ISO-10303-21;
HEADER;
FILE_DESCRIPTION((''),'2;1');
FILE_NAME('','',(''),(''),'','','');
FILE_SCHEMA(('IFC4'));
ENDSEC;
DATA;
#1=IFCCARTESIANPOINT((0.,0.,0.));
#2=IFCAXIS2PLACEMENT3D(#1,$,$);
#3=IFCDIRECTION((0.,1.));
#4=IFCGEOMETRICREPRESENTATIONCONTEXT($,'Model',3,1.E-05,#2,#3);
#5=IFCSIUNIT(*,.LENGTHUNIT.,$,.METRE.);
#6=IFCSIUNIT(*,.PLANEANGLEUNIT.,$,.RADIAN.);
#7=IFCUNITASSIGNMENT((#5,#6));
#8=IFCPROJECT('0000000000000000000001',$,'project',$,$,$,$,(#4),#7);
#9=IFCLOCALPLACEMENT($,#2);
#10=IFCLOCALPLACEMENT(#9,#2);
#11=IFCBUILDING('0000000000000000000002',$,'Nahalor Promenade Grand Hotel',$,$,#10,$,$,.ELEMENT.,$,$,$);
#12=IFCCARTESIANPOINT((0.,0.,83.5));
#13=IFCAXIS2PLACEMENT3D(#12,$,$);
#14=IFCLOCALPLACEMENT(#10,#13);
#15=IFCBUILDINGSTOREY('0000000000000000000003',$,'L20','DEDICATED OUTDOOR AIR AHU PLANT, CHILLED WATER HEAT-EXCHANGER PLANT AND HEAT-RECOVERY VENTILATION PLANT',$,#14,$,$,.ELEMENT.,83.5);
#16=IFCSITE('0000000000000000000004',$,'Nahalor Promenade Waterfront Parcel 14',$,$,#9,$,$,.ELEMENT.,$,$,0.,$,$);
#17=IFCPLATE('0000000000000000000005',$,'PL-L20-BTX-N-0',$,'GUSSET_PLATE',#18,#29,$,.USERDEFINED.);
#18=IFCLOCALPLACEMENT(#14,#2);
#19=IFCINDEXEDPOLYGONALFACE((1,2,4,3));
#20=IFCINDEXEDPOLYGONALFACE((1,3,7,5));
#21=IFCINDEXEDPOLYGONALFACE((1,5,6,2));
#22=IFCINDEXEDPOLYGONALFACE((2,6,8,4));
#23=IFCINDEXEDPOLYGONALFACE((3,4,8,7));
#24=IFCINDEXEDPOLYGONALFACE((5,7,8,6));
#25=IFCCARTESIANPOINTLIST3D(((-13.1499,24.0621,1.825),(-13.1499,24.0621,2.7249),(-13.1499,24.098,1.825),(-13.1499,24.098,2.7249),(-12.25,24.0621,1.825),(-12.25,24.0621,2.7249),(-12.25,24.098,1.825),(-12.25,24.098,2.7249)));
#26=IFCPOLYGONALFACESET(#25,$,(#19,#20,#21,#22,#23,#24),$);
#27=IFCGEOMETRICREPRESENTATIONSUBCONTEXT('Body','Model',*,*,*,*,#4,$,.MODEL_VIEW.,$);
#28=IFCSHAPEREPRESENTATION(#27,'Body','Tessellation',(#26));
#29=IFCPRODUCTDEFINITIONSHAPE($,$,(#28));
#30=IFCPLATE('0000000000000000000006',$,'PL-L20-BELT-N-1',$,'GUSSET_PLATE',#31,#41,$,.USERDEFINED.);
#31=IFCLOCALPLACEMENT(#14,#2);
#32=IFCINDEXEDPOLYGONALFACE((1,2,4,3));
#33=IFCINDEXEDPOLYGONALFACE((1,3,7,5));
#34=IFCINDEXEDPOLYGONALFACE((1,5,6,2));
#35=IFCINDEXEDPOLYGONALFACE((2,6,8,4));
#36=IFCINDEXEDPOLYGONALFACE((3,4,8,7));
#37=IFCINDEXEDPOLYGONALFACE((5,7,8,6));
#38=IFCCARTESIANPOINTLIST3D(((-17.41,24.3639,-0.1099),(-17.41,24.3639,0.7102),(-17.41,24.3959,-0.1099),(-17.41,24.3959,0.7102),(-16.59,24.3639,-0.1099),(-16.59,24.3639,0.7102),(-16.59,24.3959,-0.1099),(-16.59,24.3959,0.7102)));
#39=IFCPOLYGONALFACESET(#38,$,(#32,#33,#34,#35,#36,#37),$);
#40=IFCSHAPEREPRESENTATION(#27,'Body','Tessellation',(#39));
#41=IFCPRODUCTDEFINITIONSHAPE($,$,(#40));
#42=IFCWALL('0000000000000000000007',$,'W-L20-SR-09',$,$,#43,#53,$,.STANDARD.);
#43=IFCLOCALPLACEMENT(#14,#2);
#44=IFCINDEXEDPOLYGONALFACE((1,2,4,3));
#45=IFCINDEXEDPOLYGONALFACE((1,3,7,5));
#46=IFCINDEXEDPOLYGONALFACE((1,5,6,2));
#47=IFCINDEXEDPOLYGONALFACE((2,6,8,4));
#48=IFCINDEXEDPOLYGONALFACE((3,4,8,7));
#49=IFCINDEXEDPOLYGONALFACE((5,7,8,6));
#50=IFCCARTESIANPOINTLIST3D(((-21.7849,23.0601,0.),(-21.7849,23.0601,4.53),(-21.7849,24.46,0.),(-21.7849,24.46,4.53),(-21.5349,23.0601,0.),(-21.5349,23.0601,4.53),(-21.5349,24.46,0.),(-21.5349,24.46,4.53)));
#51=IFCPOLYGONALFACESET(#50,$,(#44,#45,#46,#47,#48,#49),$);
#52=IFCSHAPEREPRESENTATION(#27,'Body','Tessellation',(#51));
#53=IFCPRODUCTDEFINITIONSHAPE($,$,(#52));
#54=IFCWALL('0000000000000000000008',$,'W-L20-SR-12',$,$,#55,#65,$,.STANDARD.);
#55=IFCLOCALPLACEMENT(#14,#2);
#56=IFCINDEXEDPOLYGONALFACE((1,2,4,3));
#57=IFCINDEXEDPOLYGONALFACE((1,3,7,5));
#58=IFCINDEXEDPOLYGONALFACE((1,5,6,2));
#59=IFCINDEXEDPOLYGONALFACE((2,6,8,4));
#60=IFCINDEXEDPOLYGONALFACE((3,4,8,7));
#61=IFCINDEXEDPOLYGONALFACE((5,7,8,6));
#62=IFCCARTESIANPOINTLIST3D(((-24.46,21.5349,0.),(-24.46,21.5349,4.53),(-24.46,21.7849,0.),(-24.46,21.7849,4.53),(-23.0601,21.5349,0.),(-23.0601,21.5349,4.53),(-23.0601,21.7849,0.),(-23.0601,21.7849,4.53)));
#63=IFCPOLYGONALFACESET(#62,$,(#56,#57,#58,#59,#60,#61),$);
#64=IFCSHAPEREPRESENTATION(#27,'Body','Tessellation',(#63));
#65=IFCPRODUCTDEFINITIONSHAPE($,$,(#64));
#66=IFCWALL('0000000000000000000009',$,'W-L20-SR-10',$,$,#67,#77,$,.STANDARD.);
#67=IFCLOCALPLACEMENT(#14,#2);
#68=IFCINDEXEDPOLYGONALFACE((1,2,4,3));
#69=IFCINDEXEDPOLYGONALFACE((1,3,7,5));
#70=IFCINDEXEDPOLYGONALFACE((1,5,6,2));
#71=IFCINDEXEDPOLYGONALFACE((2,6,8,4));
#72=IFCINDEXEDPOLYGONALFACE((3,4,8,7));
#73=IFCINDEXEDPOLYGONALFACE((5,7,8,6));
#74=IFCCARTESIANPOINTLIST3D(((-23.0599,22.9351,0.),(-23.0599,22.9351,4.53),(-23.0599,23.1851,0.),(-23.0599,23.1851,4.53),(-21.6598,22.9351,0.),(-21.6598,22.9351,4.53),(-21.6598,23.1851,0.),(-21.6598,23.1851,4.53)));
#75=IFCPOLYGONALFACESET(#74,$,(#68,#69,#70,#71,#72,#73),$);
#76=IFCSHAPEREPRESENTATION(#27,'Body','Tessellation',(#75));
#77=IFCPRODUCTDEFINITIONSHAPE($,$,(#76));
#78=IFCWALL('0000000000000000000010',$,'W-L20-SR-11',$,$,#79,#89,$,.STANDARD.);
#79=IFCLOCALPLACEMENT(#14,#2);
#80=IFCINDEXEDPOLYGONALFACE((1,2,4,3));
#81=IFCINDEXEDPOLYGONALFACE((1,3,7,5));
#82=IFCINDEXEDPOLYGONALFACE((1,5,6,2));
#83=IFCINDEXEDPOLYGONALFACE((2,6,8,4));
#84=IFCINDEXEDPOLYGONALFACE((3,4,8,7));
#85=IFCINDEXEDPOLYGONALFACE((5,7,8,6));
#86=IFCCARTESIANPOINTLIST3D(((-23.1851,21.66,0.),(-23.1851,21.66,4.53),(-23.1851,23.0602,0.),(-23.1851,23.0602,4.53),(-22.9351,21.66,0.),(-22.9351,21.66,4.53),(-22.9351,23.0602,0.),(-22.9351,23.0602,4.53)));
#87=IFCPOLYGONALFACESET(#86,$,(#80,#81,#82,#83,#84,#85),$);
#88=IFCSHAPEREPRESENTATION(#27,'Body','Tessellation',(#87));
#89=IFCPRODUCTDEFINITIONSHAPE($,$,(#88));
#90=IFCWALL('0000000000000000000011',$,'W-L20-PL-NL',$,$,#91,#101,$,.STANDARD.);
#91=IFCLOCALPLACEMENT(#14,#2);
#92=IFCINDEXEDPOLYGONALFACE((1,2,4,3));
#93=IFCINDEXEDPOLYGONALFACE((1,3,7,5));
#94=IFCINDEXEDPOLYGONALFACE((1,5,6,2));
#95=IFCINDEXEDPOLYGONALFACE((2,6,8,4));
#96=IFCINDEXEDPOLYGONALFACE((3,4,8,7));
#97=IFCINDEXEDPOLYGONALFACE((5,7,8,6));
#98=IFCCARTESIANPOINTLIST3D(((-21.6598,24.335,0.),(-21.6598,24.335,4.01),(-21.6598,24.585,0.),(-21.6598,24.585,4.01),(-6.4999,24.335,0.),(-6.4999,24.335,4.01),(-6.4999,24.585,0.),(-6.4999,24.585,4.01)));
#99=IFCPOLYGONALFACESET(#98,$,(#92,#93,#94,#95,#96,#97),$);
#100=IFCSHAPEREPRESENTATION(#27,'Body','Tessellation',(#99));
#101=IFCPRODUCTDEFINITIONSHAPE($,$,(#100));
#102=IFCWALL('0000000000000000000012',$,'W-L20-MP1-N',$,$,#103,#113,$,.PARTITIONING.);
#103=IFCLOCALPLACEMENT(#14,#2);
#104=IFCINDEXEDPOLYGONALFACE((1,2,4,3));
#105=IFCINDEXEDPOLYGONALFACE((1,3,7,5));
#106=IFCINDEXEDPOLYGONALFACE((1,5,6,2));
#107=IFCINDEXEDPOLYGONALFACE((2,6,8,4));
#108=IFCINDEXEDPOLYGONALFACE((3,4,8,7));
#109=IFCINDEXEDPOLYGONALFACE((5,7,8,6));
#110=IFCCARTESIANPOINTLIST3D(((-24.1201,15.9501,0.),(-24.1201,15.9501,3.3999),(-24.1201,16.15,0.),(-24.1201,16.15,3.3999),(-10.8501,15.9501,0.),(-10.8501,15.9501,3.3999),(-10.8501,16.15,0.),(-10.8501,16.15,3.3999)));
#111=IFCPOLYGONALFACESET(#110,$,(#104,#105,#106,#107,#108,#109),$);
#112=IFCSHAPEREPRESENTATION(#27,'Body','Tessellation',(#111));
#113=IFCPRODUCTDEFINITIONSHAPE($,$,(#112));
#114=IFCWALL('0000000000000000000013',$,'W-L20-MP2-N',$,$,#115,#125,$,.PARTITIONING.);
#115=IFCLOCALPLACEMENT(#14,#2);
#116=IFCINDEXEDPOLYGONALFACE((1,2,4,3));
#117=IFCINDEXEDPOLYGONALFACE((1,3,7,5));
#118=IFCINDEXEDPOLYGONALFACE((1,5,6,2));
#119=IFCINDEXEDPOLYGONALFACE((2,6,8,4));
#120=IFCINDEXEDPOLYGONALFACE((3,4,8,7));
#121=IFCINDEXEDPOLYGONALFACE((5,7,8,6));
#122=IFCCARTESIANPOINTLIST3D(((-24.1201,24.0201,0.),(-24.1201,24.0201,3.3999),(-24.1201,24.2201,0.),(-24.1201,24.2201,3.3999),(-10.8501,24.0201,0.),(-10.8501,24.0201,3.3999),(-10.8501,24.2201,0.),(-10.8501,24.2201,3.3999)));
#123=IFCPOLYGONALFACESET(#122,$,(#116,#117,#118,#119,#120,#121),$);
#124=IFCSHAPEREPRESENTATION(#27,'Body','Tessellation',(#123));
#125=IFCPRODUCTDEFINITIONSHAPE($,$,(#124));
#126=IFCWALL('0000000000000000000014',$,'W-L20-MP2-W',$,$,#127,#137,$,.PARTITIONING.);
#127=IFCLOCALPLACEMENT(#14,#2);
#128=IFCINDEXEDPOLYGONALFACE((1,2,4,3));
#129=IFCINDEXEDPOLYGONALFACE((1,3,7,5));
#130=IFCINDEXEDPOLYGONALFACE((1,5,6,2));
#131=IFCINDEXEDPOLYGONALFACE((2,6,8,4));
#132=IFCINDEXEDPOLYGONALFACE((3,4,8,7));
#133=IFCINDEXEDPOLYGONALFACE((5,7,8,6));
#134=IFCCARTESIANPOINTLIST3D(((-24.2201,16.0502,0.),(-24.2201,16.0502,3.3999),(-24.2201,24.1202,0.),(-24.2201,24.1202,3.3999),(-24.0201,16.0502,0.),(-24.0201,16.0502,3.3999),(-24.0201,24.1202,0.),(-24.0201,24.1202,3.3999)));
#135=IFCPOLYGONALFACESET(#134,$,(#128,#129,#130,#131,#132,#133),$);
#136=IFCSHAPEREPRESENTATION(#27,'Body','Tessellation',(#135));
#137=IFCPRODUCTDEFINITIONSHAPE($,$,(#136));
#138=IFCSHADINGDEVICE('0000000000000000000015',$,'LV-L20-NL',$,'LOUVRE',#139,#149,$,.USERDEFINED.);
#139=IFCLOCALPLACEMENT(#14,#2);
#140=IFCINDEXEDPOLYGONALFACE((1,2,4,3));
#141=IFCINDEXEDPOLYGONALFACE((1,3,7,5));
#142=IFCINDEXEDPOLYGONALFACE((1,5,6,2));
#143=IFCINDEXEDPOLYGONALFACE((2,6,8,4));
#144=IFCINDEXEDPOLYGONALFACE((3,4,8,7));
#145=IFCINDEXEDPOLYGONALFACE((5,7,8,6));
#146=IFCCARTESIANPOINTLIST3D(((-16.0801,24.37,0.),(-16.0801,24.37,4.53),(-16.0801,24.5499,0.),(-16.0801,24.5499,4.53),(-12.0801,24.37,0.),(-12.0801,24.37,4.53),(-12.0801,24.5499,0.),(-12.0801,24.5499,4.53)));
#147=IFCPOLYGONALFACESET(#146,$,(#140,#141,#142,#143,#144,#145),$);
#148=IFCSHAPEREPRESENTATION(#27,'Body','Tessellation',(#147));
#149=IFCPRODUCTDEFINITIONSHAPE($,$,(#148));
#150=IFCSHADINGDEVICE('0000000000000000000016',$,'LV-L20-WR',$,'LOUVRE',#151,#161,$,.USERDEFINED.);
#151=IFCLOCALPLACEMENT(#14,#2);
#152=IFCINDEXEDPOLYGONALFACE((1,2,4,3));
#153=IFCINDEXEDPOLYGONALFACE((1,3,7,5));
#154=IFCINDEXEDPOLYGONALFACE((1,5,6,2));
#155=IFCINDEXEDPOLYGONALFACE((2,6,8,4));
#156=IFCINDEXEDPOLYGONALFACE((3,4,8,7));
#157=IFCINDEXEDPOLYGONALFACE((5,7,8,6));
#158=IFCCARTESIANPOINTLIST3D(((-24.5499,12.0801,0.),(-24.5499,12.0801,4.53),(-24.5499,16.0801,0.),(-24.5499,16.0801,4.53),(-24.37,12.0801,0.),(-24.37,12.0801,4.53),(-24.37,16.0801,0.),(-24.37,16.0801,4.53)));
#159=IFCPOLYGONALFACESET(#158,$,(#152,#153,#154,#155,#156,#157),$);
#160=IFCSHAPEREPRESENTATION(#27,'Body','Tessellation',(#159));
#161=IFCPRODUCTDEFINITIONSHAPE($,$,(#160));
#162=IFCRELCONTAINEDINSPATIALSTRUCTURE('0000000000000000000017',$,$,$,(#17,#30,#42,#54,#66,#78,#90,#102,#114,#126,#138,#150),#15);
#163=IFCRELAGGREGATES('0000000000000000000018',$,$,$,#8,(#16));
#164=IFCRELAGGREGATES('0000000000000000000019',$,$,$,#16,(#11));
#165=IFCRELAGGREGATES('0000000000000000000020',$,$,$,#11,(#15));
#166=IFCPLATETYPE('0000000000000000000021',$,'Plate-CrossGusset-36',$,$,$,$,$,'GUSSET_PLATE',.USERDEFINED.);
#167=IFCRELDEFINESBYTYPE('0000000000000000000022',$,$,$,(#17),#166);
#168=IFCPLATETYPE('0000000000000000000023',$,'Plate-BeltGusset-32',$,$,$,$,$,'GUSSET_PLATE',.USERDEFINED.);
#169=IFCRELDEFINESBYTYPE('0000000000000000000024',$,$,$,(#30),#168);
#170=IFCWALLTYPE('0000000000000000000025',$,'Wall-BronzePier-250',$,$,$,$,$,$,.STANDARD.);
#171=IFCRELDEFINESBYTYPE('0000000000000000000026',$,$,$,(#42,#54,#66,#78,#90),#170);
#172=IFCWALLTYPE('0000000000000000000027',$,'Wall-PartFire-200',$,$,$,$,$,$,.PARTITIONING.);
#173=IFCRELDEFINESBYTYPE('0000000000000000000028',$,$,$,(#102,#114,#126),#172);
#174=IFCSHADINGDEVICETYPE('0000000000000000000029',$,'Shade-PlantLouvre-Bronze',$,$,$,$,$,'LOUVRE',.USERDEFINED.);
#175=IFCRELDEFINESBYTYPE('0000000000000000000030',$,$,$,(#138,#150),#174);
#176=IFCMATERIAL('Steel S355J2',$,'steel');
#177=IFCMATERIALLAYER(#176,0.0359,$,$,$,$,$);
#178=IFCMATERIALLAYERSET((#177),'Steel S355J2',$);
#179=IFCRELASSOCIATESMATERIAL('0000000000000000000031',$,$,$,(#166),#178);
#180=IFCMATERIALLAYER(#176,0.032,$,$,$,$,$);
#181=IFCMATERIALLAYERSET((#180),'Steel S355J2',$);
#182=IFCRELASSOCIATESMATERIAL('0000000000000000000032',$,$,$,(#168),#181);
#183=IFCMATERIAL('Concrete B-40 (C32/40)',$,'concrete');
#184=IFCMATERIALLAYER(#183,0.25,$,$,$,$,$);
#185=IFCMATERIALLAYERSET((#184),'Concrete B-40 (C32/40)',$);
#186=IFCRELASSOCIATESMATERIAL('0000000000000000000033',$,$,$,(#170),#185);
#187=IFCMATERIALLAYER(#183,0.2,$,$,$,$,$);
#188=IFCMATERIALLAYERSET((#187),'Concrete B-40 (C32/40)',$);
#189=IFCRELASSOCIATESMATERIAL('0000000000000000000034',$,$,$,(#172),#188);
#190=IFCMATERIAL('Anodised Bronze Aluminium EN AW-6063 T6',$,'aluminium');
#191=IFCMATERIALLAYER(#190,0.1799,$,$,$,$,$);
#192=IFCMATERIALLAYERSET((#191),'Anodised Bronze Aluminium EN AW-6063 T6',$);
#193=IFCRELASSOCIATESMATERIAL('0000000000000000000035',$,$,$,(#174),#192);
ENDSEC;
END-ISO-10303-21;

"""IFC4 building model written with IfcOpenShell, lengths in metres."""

from ifc_helpers import new_model, si_unit, direction, frame, frame_2d, origin, origin_2d, place, context, subcontext, project, spatial, rectangle, extrude, source, transform, mapped, material, layer, layer_set, type_object, element, save


model = new_model("IFC4")

# Units and contexts
model_context = context("Model", 3, precision=1e-05, world=origin(), true_north=direction((0.0, 1.0)))
body_context = subcontext(model_context, "Body", "Model", "MODEL_VIEW")
ifc_project = project(units=[si_unit("LENGTHUNIT", "METRE"), si_unit("PLANEANGLEUNIT", "RADIAN")], contexts=[model_context])

# Site, building, storey
site_placement = place(None, origin())
site = spatial("IfcSite", under=ifc_project, at=site_placement, Name="Nahalor Promenade Waterfront Parcel 14", CompositionType="ELEMENT", RefElevation=0.0)
building_placement = place(site_placement, origin())
building = spatial("IfcBuilding", under=site, at=building_placement, Name="Nahalor Promenade Grand Hotel", CompositionType="ELEMENT")
storey_placement = place(building_placement, frame((0.0, 0.0, 83.5)))
storey = spatial("IfcBuildingStorey", under=building, at=storey_placement, Name="L20", Description="DEDICATED OUTDOOR AIR AHU PLANT, CHILLED WATER HEAT-EXCHANGER PLANT AND HEAT-RECOVERY VENTILATION PLANT", CompositionType="ELEMENT", Elevation=83.5)

# Shared definitions
ifc_material_1 = material(Name="Steel S355J2", Category="steel")

# Plates
ifc_layer_1 = layer(ifc_material_1, 0.0359)
ifc_layer_set_1 = layer_set([ifc_layer_1], Name="Steel S355J2")
plate_type_1 = type_object("IfcPlateType", Name="Plate-CrossGusset-36", ElementType="GUSSET_PLATE", PredefinedType="USERDEFINED", material=ifc_layer_set_1)
shared_shape_1 = source(origin(), body_context, "Body", "SweptSolid", [
    extrude(rectangle(XDim=0.8999, YDim=0.0359, at=origin_2d()), origin(), (0.0, 0.0, 1.0), 0.8999),
])
plate_1_placement = place(storey_placement, frame((-12.7, 24.0801, 1.825), z_axis=(0.0, 0.0, 1.0), x_axis=(1.0, 0.0, 0.0)))
element("IfcPlate", 1, at=plate_1_placement, inside=storey, type_object=plate_type_1, Name="PL-L20-BTX-N-0", ObjectType="GUSSET_PLATE", PredefinedType="USERDEFINED", context=body_context, shape_type="MappedRepresentation", body=[
    mapped(shared_shape_1, transform((0.0, 0.0, 0.0), scale=1.0)),
])
ifc_layer_2 = layer(ifc_material_1, 0.032)
ifc_layer_set_2 = layer_set([ifc_layer_2], Name="Steel S355J2")
plate_type_2 = type_object("IfcPlateType", Name="Plate-BeltGusset-32", ElementType="GUSSET_PLATE", PredefinedType="USERDEFINED", material=ifc_layer_set_2)
shared_shape_2 = source(origin(), body_context, "Body", "SweptSolid", [
    extrude(rectangle(XDim=0.8201, YDim=0.032, at=origin_2d()), origin(), (0.0, 0.0, 1.0), 0.8201),
])
plate_2_placement = place(storey_placement, frame((-17.0, 24.3799, -0.1099), z_axis=(0.0, 0.0, 1.0), x_axis=(1.0, 0.0, 0.0)))
element("IfcPlate", 2, at=plate_2_placement, inside=storey, type_object=plate_type_2, Name="PL-L20-BELT-N-1", ObjectType="GUSSET_PLATE", PredefinedType="USERDEFINED", context=body_context, shape_type="MappedRepresentation", body=[
    mapped(shared_shape_2, transform((0.0, 0.0, 0.0), scale=1.0)),
])

# Walls
ifc_material_2 = material(Name="Concrete B-40 (C32/40)", Category="concrete")
ifc_layer_3 = layer(ifc_material_2, 0.25)
ifc_layer_set_3 = layer_set([ifc_layer_3], Name="Concrete B-40 (C32/40)")
wall_type_1 = type_object("IfcWallType", Name="Wall-BronzePier-250", PredefinedType="STANDARD", material=ifc_layer_set_3)
shared_shape_3 = source(origin(), body_context, "Body", "SweptSolid", [
    extrude(rectangle(XDim=1.3999, YDim=0.25, at=frame_2d((0.7, 0.0))), origin(), (0.0, 0.0, 1.0), 4.53),
])
for number, where, z_axis, x_axis, name in (
    (3, (-21.6599, 23.0601, 0.0), (0.0, 0.0, 1.0), (0.0, 1.0, 0.0), "W-L20-SR-09"),
    (4, (-24.46, 21.6599, 0.0), (0.0, 0.0, 1.0), (1.0, 0.0, 0.0), "W-L20-SR-12"),
):
    element("IfcWall", number, at=place(storey_placement, frame(where, z_axis=z_axis, x_axis=x_axis)), inside=storey, type_object=wall_type_1, Name=name, PredefinedType="STANDARD", context=body_context, shape_type="MappedRepresentation", body=[
        mapped(shared_shape_3, transform((0.0, 0.0, 0.0), scale=1.0)),
    ])
shared_shape_4 = source(origin(), body_context, "Body", "SweptSolid", [
    extrude(rectangle(XDim=1.4001, YDim=0.25, at=frame_2d((0.7002, 0.0))), origin(), (0.0, 0.0, 1.0), 4.53),
])
for number, where, z_axis, x_axis, name in (
    (5, (-23.0601, 23.0601, 0.0), (0.0, 0.0, 1.0), (1.0, 0.0, 0.0), "W-L20-SR-10"),
    (6, (-23.0601, 21.6599, 0.0), (0.0, 0.0, 1.0), (0.0, 1.0, 0.0), "W-L20-SR-11"),
):
    element("IfcWall", number, at=place(storey_placement, frame(where, z_axis=z_axis, x_axis=x_axis)), inside=storey, type_object=wall_type_1, Name=name, PredefinedType="STANDARD", context=body_context, shape_type="MappedRepresentation", body=[
        mapped(shared_shape_4, transform((0.0, 0.0, 0.0), scale=1.0)),
    ])
shared_shape_5 = source(origin(), body_context, "Body", "SweptSolid", [
    extrude(rectangle(XDim=15.1599, YDim=0.25, at=frame_2d((7.5801, 0.0))), origin(), (0.0, 0.0, 1.0), 4.01),
])
wall_1_placement = place(storey_placement, frame((-21.6599, 24.46, 0.0), z_axis=(0.0, 0.0, 1.0), x_axis=(1.0, 0.0, 0.0)))
element("IfcWall", 7, at=wall_1_placement, inside=storey, type_object=wall_type_1, Name="W-L20-PL-NL", PredefinedType="STANDARD", context=body_context, shape_type="MappedRepresentation", body=[
    mapped(shared_shape_5, transform((0.0, 0.0, 0.0), scale=1.0)),
])
ifc_layer_4 = layer(ifc_material_2, 0.2)
ifc_layer_set_4 = layer_set([ifc_layer_4], Name="Concrete B-40 (C32/40)")
wall_type_2 = type_object("IfcWallType", Name="Wall-PartFire-200", PredefinedType="PARTITIONING", material=ifc_layer_set_4)
shared_shape_6 = source(origin(), body_context, "Body", "SweptSolid", [
    extrude(rectangle(XDim=13.27, YDim=0.2, at=frame_2d((6.635, 0.0))), origin(), (0.0, 0.0, 1.0), 3.3999),
])
for number, where, z_axis, x_axis, name in (
    (8, (-24.1201, 16.05, 0.0), (0.0, 0.0, 1.0), (1.0, 0.0, 0.0), "W-L20-MP1-N"),
    (9, (-24.1201, 24.1201, 0.0), (0.0, 0.0, 1.0), (1.0, 0.0, 0.0), "W-L20-MP2-N"),
):
    element("IfcWall", number, at=place(storey_placement, frame(where, z_axis=z_axis, x_axis=x_axis)), inside=storey, type_object=wall_type_2, Name=name, PredefinedType="PARTITIONING", context=body_context, shape_type="MappedRepresentation", body=[
        mapped(shared_shape_6, transform((0.0, 0.0, 0.0), scale=1.0)),
    ])
shared_shape_7 = source(origin(), body_context, "Body", "SweptSolid", [
    extrude(rectangle(XDim=8.0701, YDim=0.2, at=frame_2d((4.0352, 0.0))), origin(), (0.0, 0.0, 1.0), 3.3999),
])
wall_2_placement = place(storey_placement, frame((-24.1201, 16.05, 0.0), z_axis=(0.0, 0.0, 1.0), x_axis=(0.0, 1.0, 0.0)))
element("IfcWall", 10, at=wall_2_placement, inside=storey, type_object=wall_type_2, Name="W-L20-MP2-W", PredefinedType="PARTITIONING", context=body_context, shape_type="MappedRepresentation", body=[
    mapped(shared_shape_7, transform((0.0, 0.0, 0.0), scale=1.0)),
])

# Shading devices
ifc_material_3 = material(Name="Anodised Bronze Aluminium EN AW-6063 T6", Category="aluminium")
ifc_layer_5 = layer(ifc_material_3, 0.1799)
ifc_layer_set_5 = layer_set([ifc_layer_5], Name="Anodised Bronze Aluminium EN AW-6063 T6")
shading_device_type = type_object("IfcShadingDeviceType", Name="Shade-PlantLouvre-Bronze", ElementType="LOUVRE", PredefinedType="USERDEFINED", material=ifc_layer_set_5)
shared_shape_8 = source(origin(), body_context, "Body", "SweptSolid", [
    extrude(rectangle(XDim=4.0, YDim=0.1799, at=origin_2d()), origin(), (0.0, 0.0, 1.0), 4.53),
])
for number, where, z_axis, x_axis, name in (
    (11, (-14.0801, 24.46, 0.0), (0.0, 0.0, 1.0), (1.0, 0.0, 0.0), "LV-L20-NL"),
    (12, (-24.46, 14.0801, 0.0), (0.0, 0.0, 1.0), (0.0, 1.0, 0.0), "LV-L20-WR"),
):
    element("IfcShadingDevice", number, at=place(storey_placement, frame(where, z_axis=z_axis, x_axis=x_axis)), inside=storey, type_object=shading_device_type, Name=name, ObjectType="LOUVRE", PredefinedType="USERDEFINED", context=body_context, shape_type="MappedRepresentation", body=[
        mapped(shared_shape_8, transform((0.0, 0.0, 0.0), scale=1.0)),
    ])

save(model, "model.ifc")
